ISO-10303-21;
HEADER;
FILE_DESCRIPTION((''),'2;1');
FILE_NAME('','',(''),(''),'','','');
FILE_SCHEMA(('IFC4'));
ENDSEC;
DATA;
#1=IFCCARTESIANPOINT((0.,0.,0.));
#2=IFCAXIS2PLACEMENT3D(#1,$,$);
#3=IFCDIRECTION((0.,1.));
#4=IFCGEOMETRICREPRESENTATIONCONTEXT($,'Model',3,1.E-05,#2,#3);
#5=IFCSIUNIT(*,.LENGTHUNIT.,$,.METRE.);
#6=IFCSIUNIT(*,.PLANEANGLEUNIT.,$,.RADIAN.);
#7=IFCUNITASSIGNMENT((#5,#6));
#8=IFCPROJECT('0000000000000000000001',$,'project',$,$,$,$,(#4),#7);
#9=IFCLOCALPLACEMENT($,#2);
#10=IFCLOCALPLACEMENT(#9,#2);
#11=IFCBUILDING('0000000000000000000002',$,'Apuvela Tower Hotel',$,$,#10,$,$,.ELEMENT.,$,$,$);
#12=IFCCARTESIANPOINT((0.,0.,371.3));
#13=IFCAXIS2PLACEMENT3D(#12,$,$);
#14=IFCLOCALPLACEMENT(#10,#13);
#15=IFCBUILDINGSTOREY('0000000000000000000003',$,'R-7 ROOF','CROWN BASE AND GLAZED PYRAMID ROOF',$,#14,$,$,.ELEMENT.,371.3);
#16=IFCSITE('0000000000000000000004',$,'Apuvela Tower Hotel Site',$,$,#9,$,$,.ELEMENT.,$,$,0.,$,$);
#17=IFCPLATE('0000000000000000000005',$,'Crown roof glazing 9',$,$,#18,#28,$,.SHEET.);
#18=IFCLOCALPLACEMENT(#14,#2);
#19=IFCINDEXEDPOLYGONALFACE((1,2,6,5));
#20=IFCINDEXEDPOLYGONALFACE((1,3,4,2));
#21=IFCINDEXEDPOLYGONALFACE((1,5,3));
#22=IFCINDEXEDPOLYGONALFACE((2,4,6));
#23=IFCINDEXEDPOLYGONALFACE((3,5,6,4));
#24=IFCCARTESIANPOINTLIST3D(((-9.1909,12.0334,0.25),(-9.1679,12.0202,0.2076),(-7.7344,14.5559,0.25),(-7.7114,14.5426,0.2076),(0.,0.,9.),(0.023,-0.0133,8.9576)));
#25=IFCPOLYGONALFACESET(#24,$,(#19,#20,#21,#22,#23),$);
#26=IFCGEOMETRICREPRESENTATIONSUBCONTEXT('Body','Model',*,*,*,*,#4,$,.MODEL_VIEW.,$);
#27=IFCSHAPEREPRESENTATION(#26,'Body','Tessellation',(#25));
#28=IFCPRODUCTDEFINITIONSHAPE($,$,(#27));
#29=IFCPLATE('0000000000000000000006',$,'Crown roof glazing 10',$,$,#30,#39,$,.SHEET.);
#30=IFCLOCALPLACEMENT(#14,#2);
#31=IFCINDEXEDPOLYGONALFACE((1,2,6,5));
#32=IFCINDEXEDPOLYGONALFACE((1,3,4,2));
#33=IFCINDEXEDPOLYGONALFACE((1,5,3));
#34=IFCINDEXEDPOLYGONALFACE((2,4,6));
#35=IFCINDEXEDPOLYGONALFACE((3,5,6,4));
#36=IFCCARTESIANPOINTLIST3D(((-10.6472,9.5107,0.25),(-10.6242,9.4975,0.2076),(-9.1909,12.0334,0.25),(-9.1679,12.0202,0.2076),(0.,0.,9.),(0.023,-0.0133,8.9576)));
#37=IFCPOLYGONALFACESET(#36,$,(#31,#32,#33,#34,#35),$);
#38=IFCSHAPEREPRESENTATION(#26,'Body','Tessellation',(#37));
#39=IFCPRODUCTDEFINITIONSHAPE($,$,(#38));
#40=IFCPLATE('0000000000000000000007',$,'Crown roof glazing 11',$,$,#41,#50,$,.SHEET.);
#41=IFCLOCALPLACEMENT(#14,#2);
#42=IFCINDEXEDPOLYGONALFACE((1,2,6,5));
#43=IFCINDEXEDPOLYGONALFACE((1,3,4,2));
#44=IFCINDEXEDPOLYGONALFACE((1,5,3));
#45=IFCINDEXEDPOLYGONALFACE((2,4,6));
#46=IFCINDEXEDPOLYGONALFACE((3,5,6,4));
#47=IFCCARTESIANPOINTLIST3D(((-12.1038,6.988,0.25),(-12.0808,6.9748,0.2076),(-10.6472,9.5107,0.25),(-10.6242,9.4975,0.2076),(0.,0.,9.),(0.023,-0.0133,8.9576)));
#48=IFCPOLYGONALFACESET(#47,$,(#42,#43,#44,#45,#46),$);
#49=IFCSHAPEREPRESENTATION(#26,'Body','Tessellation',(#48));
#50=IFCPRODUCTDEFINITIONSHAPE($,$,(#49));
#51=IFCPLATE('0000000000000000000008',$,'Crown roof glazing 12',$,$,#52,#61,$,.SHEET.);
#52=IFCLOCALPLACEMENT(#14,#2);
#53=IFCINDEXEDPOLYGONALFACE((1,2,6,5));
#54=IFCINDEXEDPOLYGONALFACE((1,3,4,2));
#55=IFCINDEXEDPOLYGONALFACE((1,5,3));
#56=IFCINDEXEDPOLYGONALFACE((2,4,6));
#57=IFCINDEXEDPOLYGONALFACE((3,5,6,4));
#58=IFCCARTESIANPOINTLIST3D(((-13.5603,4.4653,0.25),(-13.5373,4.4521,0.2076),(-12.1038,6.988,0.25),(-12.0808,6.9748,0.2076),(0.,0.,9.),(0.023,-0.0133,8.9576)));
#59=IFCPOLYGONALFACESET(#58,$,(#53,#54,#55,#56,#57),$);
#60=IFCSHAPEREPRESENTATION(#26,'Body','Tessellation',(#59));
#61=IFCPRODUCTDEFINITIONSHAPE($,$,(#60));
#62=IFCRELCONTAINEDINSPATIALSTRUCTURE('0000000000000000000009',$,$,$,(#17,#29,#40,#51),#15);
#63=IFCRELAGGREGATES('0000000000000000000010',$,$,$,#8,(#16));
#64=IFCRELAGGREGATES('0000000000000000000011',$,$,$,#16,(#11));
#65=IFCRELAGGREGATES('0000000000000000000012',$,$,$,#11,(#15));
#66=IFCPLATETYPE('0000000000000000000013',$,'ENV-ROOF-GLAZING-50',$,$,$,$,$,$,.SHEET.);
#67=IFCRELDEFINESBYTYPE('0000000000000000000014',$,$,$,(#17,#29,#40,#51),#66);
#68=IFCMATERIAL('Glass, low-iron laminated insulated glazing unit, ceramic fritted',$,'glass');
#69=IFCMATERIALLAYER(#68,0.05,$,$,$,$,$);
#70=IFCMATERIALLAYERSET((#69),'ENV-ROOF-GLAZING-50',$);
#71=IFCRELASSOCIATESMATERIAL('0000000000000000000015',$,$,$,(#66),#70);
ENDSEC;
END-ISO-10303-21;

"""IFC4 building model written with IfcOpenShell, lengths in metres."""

from ifc_helpers import new_model, si_unit, direction, frame, origin, place, context, subcontext, project, spatial, polyline, outline, extrude, material, layer, layer_set, type_object, element, save


model = new_model("IFC4")

# Units and contexts
model_context = context("Model", 3, precision=1e-05, world=origin(), true_north=direction((0.0, 1.0)))
body_context = subcontext(model_context, "Body", "Model", "MODEL_VIEW")
ifc_project = project(units=[si_unit("LENGTHUNIT", "METRE"), si_unit("PLANEANGLEUNIT", "RADIAN")], contexts=[model_context])

# Site, building, storey
site_placement = place(None, origin())
site = spatial("IfcSite", under=ifc_project, at=site_placement, Name="Apuvela Tower Hotel Site", CompositionType="ELEMENT", RefElevation=0.0)
building_placement = place(site_placement, origin())
building = spatial("IfcBuilding", under=site, at=building_placement, Name="Apuvela Tower Hotel", CompositionType="ELEMENT")
storey_placement = place(building_placement, frame((0.0, 0.0, 371.3)))
storey = spatial("IfcBuildingStorey", under=building, at=storey_placement, Name="R-7 ROOF", Description="CROWN BASE AND GLAZED PYRAMID ROOF", CompositionType="ELEMENT", Elevation=371.3)

# Plates
ifc_material_1 = material(Name="Glass, low-iron laminated insulated glazing unit, ceramic fritted", Category="glass")
ifc_layer = layer(ifc_material_1, 0.05)
ifc_layer_set = layer_set([ifc_layer], Name="ENV-ROOF-GLAZING-50")
plate_type = type_object("IfcPlateType", Name="ENV-ROOF-GLAZING-50", PredefinedType="SHEET", material=ifc_layer_set)
plate_1_placement = place(storey_placement, frame((-7.7344, 14.5559, 0.25), z_axis=(-0.459528, 0.265345, 0.8476), x_axis=(-0.500051, -0.865996, 0.0)))
element("IfcPlate", 1, at=plate_1_placement, inside=storey, type_object=plate_type, Name="Crown roof glazing 9", PredefinedType="SHEET", context=body_context, shape_type="SweptSolid", body=[
    extrude(outline(polyline([(0.0, 0.0), (2.9128, 0.0), (8.7378, 16.4897), (0.0, 0.0)])), origin(), (0.0, 0.0, -1.0), 0.05),
])
plate_2_placement = place(storey_placement, frame((-9.1909, 12.0334, 0.25), z_axis=(-0.459574, 0.265302, 0.847589), x_axis=(-0.499952, -0.866053, 0.0)))
element("IfcPlate", 2, at=plate_2_placement, inside=storey, type_object=plate_type, Name="Crown roof glazing 10", PredefinedType="SHEET", context=body_context, shape_type="SweptSolid", body=[
    extrude(outline(polyline([(0.0, 0.0), (2.9129, 0.0), (5.8266, 16.4891), (0.0, 0.0)])), origin(), (0.0, 0.0, -1.0), 0.05),
])
plate_3_placement = place(storey_placement, frame((-10.6472, 9.5107, 0.25), z_axis=(-0.45955, 0.265332, 0.847592), x_axis=(-0.500015, -0.866017, 0.0)))
element("IfcPlate", 3, at=plate_3_placement, inside=storey, type_object=plate_type, Name="Crown roof glazing 11", PredefinedType="SHEET", context=body_context, shape_type="SweptSolid", body=[
    extrude(outline(polyline([(0.0, 0.0), (2.913, 0.0), (2.9127, 16.4893), (0.0, 0.0)])), origin(), (0.0, 0.0, -1.0), 0.05),
])
plate_4_placement = place(storey_placement, frame((-12.1038, 6.988, 0.25), z_axis=(-0.45955, 0.265332, 0.847592), x_axis=(-0.500015, -0.866017, 0.0)))
element("IfcPlate", 4, at=plate_4_placement, inside=storey, type_object=plate_type, Name="Crown roof glazing 12", PredefinedType="SHEET", context=body_context, shape_type="SweptSolid", body=[
    extrude(outline(polyline([(0.0, 0.0), (2.913, 0.0), (-0.0003, 16.4893), (0.0, 0.0)])), origin(), (0.0, 0.0, -1.0), 0.05),
])

save(model, "model.ifc")
